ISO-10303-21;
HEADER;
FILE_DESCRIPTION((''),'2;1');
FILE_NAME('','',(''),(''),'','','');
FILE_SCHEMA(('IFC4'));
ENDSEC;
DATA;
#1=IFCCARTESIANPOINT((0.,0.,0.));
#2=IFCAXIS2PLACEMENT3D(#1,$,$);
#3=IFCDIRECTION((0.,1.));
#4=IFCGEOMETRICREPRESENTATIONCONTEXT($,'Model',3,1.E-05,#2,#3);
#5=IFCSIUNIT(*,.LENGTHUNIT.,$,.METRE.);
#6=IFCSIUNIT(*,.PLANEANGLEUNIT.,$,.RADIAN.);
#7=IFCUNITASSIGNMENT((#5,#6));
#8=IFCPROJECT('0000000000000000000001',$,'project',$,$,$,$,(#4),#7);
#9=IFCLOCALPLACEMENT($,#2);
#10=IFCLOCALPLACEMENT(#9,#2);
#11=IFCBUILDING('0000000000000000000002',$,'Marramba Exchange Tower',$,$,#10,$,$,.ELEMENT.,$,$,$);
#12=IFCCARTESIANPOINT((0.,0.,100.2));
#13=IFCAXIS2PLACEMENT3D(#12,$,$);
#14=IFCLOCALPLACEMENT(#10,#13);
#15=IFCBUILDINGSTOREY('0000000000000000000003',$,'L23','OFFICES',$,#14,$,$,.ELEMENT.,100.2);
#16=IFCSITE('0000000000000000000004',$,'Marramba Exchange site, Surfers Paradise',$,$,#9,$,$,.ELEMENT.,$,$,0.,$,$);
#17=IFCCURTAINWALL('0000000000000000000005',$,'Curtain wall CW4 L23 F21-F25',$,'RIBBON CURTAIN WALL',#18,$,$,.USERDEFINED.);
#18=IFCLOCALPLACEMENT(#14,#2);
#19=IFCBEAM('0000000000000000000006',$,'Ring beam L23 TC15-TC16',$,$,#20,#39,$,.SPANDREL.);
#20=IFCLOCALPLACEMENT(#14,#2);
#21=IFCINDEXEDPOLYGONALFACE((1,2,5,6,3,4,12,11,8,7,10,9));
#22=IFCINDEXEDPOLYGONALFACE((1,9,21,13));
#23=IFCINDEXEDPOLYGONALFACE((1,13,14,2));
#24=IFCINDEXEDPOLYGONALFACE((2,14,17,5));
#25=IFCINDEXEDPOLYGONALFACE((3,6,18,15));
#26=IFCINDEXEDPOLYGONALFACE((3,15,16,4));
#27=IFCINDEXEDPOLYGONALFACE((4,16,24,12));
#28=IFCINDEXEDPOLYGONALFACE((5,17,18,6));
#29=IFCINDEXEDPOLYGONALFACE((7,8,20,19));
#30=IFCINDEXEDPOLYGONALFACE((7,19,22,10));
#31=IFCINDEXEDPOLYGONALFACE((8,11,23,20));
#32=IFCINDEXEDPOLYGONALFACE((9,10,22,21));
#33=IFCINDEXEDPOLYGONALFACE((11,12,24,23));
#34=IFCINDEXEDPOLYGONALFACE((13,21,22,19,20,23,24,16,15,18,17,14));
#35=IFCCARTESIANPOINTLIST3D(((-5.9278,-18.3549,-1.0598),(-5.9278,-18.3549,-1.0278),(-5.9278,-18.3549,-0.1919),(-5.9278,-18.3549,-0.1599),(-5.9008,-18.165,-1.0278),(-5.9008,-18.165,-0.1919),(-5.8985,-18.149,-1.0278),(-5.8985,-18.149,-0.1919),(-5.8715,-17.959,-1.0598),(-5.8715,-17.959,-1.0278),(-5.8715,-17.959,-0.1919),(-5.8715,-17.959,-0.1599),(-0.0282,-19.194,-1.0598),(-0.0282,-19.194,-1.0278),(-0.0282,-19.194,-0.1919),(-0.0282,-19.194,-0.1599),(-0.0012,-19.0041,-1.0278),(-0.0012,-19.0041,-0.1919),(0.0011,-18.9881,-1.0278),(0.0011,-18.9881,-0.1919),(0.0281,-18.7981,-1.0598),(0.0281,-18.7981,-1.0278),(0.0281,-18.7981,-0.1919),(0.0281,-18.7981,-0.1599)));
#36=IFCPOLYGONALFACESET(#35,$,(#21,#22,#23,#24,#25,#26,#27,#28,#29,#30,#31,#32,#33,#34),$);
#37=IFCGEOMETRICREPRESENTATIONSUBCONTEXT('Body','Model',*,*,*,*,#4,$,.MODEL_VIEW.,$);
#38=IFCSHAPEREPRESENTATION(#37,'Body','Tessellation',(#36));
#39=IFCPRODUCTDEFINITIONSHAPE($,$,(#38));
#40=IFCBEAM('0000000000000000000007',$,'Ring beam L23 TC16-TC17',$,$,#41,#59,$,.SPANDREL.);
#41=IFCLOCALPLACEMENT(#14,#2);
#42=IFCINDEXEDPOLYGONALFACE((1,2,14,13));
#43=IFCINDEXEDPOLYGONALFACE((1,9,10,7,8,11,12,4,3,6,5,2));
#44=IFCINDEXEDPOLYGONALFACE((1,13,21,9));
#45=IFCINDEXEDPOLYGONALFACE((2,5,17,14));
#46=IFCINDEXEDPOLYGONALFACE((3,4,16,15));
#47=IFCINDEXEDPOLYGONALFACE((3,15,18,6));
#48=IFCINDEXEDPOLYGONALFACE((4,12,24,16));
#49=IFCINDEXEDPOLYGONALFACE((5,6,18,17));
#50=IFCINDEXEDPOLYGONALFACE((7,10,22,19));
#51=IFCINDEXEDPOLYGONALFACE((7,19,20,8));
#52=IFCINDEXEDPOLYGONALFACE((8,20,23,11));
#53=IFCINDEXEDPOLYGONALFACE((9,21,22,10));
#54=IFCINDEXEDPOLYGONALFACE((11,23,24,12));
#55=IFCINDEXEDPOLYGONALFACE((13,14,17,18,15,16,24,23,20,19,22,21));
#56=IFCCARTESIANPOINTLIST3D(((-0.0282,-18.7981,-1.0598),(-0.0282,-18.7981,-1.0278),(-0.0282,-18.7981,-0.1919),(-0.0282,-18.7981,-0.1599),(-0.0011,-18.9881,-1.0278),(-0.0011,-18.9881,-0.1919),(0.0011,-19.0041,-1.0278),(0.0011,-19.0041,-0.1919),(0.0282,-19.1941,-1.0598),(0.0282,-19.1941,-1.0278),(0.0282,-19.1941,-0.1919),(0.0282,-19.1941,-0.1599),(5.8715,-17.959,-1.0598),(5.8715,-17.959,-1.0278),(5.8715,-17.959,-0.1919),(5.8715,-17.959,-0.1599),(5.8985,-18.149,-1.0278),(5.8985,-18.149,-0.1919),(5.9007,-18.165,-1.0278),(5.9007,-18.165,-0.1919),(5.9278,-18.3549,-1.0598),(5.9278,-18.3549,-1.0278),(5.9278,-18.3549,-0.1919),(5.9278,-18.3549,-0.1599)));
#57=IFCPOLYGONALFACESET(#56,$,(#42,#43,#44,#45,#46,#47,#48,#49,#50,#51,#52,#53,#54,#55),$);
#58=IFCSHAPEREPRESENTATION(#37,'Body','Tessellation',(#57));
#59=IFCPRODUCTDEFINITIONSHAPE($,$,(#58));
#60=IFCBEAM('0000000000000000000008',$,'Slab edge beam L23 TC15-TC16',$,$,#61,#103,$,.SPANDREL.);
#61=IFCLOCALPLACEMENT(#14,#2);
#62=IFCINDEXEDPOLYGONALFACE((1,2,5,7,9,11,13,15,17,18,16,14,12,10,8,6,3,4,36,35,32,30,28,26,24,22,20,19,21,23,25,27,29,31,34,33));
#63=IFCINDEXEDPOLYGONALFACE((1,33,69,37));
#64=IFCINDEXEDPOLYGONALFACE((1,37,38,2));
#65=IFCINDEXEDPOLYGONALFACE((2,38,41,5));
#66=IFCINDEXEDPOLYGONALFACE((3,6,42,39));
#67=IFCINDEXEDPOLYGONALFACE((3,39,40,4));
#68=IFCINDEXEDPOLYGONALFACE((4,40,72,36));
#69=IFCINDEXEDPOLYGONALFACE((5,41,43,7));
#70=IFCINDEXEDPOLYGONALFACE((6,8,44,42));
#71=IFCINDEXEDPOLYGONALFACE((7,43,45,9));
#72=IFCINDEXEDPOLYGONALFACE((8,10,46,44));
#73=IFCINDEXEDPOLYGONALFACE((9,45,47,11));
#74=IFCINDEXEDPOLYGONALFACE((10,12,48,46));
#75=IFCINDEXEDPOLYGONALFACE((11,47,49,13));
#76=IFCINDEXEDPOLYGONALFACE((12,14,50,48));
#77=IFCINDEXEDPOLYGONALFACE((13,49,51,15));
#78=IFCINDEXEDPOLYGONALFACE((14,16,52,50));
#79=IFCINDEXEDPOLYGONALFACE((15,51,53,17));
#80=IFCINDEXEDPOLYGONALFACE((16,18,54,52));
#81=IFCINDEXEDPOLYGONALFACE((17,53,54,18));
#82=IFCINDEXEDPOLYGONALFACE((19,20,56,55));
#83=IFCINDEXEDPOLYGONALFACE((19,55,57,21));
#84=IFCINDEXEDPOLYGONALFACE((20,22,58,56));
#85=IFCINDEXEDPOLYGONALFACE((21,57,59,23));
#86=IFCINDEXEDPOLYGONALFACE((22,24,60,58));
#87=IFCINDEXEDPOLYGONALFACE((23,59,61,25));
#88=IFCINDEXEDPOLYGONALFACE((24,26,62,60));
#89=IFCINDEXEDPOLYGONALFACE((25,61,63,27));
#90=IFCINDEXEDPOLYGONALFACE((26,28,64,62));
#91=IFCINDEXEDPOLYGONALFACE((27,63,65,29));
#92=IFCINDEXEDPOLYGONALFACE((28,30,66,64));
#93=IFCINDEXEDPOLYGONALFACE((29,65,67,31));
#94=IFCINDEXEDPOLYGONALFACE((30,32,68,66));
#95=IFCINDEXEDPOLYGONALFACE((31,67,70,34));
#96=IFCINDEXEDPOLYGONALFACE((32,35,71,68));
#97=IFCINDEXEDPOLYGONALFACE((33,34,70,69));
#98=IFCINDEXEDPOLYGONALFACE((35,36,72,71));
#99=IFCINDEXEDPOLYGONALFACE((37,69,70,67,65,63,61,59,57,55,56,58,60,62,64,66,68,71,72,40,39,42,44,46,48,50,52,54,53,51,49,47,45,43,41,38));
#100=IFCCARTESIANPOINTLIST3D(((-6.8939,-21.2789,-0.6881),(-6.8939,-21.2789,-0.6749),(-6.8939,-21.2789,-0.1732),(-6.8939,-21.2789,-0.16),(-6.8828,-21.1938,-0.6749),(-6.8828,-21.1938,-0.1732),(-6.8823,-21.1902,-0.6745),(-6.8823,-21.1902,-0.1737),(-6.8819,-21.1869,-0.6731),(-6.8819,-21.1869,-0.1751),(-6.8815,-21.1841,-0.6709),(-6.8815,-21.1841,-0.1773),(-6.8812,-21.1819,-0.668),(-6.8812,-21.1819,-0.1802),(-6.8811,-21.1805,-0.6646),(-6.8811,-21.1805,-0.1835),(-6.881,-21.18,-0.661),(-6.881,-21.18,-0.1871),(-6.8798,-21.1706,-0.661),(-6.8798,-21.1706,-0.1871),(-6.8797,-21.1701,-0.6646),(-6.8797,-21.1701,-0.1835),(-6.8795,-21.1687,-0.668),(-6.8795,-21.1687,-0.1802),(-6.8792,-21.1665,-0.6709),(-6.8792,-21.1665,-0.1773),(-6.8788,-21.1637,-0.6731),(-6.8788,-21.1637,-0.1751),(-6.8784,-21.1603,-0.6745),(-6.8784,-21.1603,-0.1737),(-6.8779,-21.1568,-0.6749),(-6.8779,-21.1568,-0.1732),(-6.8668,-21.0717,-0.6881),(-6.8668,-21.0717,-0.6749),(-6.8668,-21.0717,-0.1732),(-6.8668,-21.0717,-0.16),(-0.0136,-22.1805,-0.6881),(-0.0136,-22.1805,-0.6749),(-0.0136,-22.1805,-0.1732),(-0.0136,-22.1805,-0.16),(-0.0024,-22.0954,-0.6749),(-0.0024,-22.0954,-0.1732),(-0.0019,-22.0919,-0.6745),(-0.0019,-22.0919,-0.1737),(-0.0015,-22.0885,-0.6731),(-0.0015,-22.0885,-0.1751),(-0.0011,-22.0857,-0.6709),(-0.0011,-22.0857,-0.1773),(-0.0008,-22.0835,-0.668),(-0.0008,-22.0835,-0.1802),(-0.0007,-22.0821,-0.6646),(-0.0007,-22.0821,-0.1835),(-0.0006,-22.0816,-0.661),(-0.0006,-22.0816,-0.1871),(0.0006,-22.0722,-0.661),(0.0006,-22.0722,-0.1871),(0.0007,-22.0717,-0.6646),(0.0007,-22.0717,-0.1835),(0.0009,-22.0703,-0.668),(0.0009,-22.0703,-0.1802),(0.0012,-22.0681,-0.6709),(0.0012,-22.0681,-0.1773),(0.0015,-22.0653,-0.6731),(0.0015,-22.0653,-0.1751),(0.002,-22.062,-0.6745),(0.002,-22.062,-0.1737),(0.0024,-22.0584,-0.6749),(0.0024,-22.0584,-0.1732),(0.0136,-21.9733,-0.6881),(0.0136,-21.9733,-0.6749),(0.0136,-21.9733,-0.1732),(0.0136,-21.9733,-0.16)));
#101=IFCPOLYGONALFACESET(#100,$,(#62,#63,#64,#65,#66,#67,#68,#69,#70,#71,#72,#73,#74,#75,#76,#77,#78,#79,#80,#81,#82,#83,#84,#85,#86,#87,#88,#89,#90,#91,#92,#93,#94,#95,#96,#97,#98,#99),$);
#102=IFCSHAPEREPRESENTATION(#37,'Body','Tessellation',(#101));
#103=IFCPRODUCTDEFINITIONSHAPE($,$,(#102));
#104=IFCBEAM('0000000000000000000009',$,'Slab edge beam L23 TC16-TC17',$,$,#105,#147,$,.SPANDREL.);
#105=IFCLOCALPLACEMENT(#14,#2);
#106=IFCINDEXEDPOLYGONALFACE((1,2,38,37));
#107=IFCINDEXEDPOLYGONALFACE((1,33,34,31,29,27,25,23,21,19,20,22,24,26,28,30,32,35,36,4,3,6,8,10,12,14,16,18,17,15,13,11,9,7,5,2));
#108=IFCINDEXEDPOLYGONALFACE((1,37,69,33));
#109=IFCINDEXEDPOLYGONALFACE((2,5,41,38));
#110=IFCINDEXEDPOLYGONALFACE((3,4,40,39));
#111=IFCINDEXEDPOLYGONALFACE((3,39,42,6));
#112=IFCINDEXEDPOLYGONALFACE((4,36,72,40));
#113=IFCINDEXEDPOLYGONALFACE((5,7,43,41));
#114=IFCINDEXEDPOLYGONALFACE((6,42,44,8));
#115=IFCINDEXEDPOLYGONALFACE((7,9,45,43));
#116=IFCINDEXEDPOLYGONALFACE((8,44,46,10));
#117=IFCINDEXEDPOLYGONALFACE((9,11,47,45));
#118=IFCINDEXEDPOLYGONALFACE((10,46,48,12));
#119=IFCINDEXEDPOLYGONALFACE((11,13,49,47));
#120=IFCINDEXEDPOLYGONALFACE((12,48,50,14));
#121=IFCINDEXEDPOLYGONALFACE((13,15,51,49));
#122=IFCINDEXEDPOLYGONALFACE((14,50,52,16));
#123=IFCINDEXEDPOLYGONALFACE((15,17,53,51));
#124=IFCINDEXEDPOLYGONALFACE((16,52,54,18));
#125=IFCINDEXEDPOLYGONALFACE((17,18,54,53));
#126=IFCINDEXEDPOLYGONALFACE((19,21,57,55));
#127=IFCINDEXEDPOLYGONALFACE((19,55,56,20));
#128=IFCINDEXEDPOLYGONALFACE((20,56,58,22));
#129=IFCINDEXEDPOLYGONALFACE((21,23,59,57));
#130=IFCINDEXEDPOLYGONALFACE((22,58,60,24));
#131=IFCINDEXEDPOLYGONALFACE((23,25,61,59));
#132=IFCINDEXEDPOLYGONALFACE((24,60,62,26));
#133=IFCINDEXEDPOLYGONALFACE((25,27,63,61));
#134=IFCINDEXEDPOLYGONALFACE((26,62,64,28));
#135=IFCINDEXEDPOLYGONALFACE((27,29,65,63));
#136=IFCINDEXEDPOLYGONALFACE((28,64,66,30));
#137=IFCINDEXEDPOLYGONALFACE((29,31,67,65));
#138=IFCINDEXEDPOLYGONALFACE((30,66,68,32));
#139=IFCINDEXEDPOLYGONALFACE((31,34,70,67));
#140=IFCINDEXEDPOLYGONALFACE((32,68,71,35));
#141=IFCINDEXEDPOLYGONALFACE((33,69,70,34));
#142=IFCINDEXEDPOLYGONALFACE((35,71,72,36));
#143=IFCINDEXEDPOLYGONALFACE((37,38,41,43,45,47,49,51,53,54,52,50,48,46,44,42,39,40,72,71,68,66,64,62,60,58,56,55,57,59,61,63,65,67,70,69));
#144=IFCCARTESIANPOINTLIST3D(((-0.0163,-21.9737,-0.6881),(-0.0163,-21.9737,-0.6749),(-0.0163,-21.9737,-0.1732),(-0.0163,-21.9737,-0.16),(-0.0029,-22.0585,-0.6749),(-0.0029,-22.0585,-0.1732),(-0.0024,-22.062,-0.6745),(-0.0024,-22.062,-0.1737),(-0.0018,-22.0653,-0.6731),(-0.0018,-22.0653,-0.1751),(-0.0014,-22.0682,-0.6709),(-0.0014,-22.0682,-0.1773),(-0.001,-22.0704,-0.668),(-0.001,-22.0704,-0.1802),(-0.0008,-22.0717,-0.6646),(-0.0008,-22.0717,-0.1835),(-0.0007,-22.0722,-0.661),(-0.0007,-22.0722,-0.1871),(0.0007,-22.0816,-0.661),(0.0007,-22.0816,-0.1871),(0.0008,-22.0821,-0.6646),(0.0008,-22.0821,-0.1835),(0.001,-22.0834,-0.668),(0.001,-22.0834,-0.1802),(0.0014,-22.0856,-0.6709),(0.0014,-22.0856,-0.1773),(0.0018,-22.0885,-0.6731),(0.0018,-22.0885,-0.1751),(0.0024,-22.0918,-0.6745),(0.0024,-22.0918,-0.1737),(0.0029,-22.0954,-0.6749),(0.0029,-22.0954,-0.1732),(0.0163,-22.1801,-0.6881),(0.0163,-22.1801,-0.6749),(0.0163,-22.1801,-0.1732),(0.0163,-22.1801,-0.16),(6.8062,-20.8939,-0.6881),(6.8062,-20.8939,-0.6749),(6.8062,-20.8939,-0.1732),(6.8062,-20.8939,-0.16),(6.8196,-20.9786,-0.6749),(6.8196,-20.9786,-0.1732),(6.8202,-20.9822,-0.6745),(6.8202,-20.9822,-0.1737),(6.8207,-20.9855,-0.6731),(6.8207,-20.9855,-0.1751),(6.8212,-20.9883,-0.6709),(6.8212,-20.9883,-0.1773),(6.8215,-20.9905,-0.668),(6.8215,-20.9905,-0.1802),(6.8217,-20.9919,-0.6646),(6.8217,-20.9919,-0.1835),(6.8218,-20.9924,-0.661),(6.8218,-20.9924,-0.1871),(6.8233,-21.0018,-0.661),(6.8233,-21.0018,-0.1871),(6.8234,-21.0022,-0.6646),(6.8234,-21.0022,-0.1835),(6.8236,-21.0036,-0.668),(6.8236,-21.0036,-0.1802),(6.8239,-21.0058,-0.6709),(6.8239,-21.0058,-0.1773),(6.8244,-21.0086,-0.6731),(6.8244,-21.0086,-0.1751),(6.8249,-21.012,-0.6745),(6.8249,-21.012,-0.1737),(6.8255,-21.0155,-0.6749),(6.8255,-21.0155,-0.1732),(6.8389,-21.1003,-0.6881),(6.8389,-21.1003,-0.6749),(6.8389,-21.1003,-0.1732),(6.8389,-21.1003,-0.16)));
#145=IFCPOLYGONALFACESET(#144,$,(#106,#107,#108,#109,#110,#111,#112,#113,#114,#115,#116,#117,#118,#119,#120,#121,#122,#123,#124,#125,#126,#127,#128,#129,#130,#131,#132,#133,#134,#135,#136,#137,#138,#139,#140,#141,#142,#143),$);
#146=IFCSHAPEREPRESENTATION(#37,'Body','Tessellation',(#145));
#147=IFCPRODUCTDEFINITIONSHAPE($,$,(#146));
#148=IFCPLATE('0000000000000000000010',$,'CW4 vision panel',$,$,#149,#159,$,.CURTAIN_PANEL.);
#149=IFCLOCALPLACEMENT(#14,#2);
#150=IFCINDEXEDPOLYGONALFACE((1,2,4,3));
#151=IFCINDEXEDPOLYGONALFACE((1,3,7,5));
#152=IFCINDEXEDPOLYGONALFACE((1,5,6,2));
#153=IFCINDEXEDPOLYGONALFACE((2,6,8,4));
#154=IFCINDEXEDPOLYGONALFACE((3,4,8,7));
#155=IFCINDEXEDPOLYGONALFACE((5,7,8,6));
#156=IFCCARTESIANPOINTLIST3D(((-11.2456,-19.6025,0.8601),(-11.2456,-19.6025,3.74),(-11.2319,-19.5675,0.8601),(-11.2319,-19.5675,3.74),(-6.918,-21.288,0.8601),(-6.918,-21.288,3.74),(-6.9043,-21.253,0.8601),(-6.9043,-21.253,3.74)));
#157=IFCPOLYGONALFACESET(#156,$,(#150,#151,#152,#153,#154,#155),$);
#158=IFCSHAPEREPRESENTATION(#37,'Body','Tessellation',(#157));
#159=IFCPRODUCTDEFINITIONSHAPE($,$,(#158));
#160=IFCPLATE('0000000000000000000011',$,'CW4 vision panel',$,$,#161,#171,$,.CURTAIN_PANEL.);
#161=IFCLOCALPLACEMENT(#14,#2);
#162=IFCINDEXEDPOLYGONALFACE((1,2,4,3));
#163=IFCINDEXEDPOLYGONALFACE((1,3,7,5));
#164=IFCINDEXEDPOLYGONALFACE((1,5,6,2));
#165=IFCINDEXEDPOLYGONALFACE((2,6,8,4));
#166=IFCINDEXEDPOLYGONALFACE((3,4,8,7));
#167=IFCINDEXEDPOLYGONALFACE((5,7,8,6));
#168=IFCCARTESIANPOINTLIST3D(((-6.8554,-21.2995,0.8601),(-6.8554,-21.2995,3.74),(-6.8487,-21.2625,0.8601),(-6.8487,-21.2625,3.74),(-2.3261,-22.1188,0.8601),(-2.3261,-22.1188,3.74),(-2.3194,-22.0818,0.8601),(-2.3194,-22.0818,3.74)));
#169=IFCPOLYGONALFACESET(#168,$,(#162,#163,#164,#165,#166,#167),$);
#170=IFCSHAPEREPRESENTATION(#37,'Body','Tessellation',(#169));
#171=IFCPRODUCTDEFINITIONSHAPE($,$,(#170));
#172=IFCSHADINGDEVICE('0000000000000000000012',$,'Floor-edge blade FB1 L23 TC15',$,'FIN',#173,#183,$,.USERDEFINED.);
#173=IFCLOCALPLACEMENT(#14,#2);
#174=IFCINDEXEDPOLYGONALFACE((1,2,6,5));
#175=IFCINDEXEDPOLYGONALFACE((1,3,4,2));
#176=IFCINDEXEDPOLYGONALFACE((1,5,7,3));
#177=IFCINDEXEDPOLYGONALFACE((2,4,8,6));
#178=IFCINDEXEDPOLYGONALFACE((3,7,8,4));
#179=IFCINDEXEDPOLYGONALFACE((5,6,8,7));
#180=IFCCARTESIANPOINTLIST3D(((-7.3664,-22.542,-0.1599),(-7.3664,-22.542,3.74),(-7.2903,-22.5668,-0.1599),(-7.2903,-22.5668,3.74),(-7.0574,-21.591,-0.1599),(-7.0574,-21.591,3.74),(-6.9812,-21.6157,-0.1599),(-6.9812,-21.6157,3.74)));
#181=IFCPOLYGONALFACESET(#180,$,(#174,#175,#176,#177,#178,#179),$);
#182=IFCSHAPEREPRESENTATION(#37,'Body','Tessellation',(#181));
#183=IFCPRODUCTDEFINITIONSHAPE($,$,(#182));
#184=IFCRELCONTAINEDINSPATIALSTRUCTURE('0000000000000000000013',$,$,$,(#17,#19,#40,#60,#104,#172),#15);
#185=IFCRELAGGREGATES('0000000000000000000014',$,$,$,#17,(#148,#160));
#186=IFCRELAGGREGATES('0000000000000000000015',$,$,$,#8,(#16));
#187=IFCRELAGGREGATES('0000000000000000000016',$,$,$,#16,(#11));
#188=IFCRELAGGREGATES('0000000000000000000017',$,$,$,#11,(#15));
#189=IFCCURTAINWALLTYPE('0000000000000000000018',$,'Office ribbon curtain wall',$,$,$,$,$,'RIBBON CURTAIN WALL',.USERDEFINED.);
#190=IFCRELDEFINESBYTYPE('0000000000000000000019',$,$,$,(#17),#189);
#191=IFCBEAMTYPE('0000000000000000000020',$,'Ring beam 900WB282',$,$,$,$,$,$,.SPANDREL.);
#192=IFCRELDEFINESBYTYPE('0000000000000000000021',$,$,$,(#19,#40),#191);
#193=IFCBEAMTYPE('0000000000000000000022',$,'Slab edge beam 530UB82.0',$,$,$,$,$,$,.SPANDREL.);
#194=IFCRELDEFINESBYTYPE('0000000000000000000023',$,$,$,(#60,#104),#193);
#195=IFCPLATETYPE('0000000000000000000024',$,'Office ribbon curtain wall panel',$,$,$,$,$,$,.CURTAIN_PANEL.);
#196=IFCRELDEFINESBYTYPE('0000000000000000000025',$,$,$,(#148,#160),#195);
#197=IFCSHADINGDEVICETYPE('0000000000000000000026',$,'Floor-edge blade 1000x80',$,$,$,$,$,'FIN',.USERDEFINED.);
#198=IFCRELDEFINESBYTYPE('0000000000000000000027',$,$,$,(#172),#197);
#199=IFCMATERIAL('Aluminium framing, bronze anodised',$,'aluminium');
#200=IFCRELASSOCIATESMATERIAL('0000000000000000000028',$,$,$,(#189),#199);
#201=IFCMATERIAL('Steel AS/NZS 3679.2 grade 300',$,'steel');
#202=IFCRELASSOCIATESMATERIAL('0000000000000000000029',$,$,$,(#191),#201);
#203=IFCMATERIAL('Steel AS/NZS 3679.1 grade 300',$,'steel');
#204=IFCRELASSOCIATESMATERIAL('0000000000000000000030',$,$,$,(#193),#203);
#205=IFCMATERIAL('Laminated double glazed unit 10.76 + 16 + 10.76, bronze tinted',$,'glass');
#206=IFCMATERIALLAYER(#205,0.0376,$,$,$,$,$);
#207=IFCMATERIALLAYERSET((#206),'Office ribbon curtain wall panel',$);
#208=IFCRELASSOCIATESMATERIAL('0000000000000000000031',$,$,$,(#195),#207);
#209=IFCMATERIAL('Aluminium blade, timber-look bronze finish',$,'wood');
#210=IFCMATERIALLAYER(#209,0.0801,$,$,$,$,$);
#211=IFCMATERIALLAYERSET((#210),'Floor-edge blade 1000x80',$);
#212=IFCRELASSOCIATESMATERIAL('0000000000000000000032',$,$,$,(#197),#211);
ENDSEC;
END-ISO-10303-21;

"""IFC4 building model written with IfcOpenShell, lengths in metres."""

from ifc_helpers import new_model, si_unit, direction, frame, origin, origin_2d, place, context, subcontext, project, spatial, rectangle, i_section, extrude, material, layer, layer_set, material_profile, profile_set, type_object, element, aggregate, save


model = new_model("IFC4")

# Units and contexts
model_context = context("Model", 3, precision=1e-05, world=origin(), true_north=direction((0.0, 1.0)))
body_context = subcontext(model_context, "Body", "Model", "MODEL_VIEW")
ifc_project = project(units=[si_unit("LENGTHUNIT", "METRE"), si_unit("PLANEANGLEUNIT", "RADIAN")], contexts=[model_context])

# Site, building, storey
site_placement = place(None, origin())
site = spatial("IfcSite", under=ifc_project, at=site_placement, Name="Marramba Exchange site, Surfers Paradise", CompositionType="ELEMENT", RefElevation=0.0)
building_placement = place(site_placement, origin())
building = spatial("IfcBuilding", under=site, at=building_placement, Name="Marramba Exchange Tower", CompositionType="ELEMENT")
storey_placement = place(building_placement, frame((0.0, 0.0, 100.2)))
storey = spatial("IfcBuildingStorey", under=building, at=storey_placement, Name="L23", Description="OFFICES", CompositionType="ELEMENT", Elevation=100.2)

# Shared definitions
ifc_material_1 = material(Name="Steel AS/NZS 3679.2 grade 300", Category="steel")

# Curtain wall
ifc_material_2 = material(Name="Aluminium framing, bronze anodised", Category="aluminium")
curtain_wall_type = type_object("IfcCurtainWallType", Name="Office ribbon curtain wall", ElementType="RIBBON CURTAIN WALL", PredefinedType="USERDEFINED", material=ifc_material_2)
curtain_wall_placement = place(storey_placement, origin())
curtain_wall = element("IfcCurtainWall", 1, at=curtain_wall_placement, inside=storey, type_object=curtain_wall_type, Name="Curtain wall CW4 L23 F21-F25", ObjectType="RIBBON CURTAIN WALL", PredefinedType="USERDEFINED")

# Beams
ifc_material_profile_1 = material_profile(ifc_material_1, i_section(OverallWidth=0.3999, OverallDepth=0.8999, WebThickness=0.0161, FlangeThickness=0.032, at=origin_2d()), Name="900WB282")
ifc_profile_set_1 = profile_set([ifc_material_profile_1], Name="Steel AS/NZS 3679.2 grade 300")
beam_type_1 = type_object("IfcBeamType", Name="Ring beam 900WB282", PredefinedType="SPANDREL", material=ifc_profile_set_1)
for number, where, z_axis, x_axis, name in (
    (2, (-5.8997, -18.157, -0.6099), (0.990036, -0.140813, 0.0), (0.140813, 0.990036, 0.0), "Ring beam L23 TC15-TC16"),
    (3, (0.0, -18.9961, -0.6099), (0.990036, 0.140813, 0.0), (-0.140813, 0.990036, 0.0), "Ring beam L23 TC16-TC17"),
):
    element("IfcBeam", number, at=place(storey_placement, frame(where, z_axis=z_axis, x_axis=x_axis)), inside=storey, type_object=beam_type_1, Name=name, PredefinedType="SPANDREL", context=body_context, shape_type="SweptSolid", body=[
        extrude(i_section(OverallWidth=0.3999, OverallDepth=0.8999, WebThickness=0.0161, FlangeThickness=0.032, at=origin_2d()), origin(), (0.0, 0.0, 1.0), 5.959),
    ])
ifc_material_3 = material(Name="Steel AS/NZS 3679.1 grade 300", Category="steel")
ifc_material_profile_2 = material_profile(ifc_material_3, i_section(OverallWidth=0.209, OverallDepth=0.5281, WebThickness=0.0095, FlangeThickness=0.0132, FilletRadius=0.0139, at=origin_2d()), Name="530UB82.0")
ifc_profile_set_2 = profile_set([ifc_material_profile_2], Name="Steel AS/NZS 3679.1 grade 300")
beam_type_2 = type_object("IfcBeamType", Name="Slab edge beam 530UB82.0", PredefinedType="SPANDREL", material=ifc_profile_set_2)
beam_1_placement = place(storey_placement, frame((-6.8804, -21.1753, -0.4241), z_axis=(0.991523, -0.12993, 0.0), x_axis=(0.12993, 0.991523, 0.0)))
element("IfcBeam", 4, at=beam_1_placement, inside=storey, type_object=beam_type_2, Name="Slab edge beam L23 TC15-TC16", PredefinedType="SPANDREL", context=body_context, shape_type="SweptSolid", body=[
    extrude(i_section(OverallWidth=0.209, OverallDepth=0.5281, WebThickness=0.0095, FlangeThickness=0.0132, FilletRadius=0.0139, at=origin_2d()), origin(), (0.0, 0.0, 1.0), 6.9392),
])
beam_2_placement = place(storey_placement, frame((0.0, -22.0769, -0.4241), z_axis=(0.987705, 0.156329, 0.0), x_axis=(-0.156329, 0.987705, 0.0)))
element("IfcBeam", 5, at=beam_2_placement, inside=storey, type_object=beam_type_2, Name="Slab edge beam L23 TC16-TC17", PredefinedType="SPANDREL", context=body_context, shape_type="SweptSolid", body=[
    extrude(i_section(OverallWidth=0.209, OverallDepth=0.5281, WebThickness=0.0095, FlangeThickness=0.0132, FilletRadius=0.0139, at=origin_2d()), origin(), (0.0, 0.0, 1.0), 6.9075),
])

# Plates
ifc_material_4 = material(Name="Laminated double glazed unit 10.76 + 16 + 10.76, bronze tinted", Category="glass")
ifc_layer_1 = layer(ifc_material_4, 0.0376)
ifc_layer_set_1 = layer_set([ifc_layer_1], Name="Office ribbon curtain wall panel")
plate_type = type_object("IfcPlateType", Name="Office ribbon curtain wall panel", PredefinedType="CURTAIN_PANEL", material=ifc_layer_set_1)
plate_1_placement = place(storey_placement, frame((-9.075, -20.4277, 0.8601), z_axis=(0.0, 0.0, 1.0), x_axis=(0.931818, -0.362925, 0.0)))
plate_1 = element("IfcPlate", 6, at=plate_1_placement, type_object=plate_type, Name="CW4 vision panel", PredefinedType="CURTAIN_PANEL", context=body_context, shape_type="SweptSolid", body=[
    extrude(rectangle(XDim=4.6443, YDim=0.0376, at=origin_2d()), origin(), (0.0, 0.0, 1.0), 2.8799),
])
plate_2_placement = place(storey_placement, frame((-4.5874, -21.6907, 0.8601), z_axis=(0.0, 0.0, 1.0), x_axis=(0.984032, -0.177992, 0.0)))
plate_2 = element("IfcPlate", 7, at=plate_2_placement, type_object=plate_type, Name="CW4 vision panel", PredefinedType="CURTAIN_PANEL", context=body_context, shape_type="SweptSolid", body=[
    extrude(rectangle(XDim=4.6028, YDim=0.0376, at=origin_2d()), origin(), (0.0, 0.0, 1.0), 2.8799),
])
aggregate(curtain_wall, [plate_1, plate_2])

# Shading device
ifc_material_5 = material(Name="Aluminium blade, timber-look bronze finish", Category="wood")
ifc_layer_2 = layer(ifc_material_5, 0.0801)
ifc_layer_set_2 = layer_set([ifc_layer_2], Name="Floor-edge blade 1000x80")
shading_device_type_1 = type_object("IfcShadingDeviceType", Name="Floor-edge blade 1000x80", ElementType="FIN", PredefinedType="USERDEFINED", material=ifc_layer_set_2)
shading_device_1_placement = place(storey_placement, frame((-7.1738, -22.0789, -0.1599), z_axis=(0.0, 0.0, 1.0), x_axis=(-0.309017, -0.951057, 0.0)))
element("IfcShadingDevice", 8, at=shading_device_1_placement, inside=storey, type_object=shading_device_type_1, Name="Floor-edge blade FB1 L23 TC15", ObjectType="FIN", PredefinedType="USERDEFINED", context=body_context, shape_type="SweptSolid", body=[
    extrude(rectangle(XDim=1.0, YDim=0.0801, at=origin_2d()), origin(), (0.0, 0.0, 1.0), 3.8999),
])

save(model, "model.ifc")
